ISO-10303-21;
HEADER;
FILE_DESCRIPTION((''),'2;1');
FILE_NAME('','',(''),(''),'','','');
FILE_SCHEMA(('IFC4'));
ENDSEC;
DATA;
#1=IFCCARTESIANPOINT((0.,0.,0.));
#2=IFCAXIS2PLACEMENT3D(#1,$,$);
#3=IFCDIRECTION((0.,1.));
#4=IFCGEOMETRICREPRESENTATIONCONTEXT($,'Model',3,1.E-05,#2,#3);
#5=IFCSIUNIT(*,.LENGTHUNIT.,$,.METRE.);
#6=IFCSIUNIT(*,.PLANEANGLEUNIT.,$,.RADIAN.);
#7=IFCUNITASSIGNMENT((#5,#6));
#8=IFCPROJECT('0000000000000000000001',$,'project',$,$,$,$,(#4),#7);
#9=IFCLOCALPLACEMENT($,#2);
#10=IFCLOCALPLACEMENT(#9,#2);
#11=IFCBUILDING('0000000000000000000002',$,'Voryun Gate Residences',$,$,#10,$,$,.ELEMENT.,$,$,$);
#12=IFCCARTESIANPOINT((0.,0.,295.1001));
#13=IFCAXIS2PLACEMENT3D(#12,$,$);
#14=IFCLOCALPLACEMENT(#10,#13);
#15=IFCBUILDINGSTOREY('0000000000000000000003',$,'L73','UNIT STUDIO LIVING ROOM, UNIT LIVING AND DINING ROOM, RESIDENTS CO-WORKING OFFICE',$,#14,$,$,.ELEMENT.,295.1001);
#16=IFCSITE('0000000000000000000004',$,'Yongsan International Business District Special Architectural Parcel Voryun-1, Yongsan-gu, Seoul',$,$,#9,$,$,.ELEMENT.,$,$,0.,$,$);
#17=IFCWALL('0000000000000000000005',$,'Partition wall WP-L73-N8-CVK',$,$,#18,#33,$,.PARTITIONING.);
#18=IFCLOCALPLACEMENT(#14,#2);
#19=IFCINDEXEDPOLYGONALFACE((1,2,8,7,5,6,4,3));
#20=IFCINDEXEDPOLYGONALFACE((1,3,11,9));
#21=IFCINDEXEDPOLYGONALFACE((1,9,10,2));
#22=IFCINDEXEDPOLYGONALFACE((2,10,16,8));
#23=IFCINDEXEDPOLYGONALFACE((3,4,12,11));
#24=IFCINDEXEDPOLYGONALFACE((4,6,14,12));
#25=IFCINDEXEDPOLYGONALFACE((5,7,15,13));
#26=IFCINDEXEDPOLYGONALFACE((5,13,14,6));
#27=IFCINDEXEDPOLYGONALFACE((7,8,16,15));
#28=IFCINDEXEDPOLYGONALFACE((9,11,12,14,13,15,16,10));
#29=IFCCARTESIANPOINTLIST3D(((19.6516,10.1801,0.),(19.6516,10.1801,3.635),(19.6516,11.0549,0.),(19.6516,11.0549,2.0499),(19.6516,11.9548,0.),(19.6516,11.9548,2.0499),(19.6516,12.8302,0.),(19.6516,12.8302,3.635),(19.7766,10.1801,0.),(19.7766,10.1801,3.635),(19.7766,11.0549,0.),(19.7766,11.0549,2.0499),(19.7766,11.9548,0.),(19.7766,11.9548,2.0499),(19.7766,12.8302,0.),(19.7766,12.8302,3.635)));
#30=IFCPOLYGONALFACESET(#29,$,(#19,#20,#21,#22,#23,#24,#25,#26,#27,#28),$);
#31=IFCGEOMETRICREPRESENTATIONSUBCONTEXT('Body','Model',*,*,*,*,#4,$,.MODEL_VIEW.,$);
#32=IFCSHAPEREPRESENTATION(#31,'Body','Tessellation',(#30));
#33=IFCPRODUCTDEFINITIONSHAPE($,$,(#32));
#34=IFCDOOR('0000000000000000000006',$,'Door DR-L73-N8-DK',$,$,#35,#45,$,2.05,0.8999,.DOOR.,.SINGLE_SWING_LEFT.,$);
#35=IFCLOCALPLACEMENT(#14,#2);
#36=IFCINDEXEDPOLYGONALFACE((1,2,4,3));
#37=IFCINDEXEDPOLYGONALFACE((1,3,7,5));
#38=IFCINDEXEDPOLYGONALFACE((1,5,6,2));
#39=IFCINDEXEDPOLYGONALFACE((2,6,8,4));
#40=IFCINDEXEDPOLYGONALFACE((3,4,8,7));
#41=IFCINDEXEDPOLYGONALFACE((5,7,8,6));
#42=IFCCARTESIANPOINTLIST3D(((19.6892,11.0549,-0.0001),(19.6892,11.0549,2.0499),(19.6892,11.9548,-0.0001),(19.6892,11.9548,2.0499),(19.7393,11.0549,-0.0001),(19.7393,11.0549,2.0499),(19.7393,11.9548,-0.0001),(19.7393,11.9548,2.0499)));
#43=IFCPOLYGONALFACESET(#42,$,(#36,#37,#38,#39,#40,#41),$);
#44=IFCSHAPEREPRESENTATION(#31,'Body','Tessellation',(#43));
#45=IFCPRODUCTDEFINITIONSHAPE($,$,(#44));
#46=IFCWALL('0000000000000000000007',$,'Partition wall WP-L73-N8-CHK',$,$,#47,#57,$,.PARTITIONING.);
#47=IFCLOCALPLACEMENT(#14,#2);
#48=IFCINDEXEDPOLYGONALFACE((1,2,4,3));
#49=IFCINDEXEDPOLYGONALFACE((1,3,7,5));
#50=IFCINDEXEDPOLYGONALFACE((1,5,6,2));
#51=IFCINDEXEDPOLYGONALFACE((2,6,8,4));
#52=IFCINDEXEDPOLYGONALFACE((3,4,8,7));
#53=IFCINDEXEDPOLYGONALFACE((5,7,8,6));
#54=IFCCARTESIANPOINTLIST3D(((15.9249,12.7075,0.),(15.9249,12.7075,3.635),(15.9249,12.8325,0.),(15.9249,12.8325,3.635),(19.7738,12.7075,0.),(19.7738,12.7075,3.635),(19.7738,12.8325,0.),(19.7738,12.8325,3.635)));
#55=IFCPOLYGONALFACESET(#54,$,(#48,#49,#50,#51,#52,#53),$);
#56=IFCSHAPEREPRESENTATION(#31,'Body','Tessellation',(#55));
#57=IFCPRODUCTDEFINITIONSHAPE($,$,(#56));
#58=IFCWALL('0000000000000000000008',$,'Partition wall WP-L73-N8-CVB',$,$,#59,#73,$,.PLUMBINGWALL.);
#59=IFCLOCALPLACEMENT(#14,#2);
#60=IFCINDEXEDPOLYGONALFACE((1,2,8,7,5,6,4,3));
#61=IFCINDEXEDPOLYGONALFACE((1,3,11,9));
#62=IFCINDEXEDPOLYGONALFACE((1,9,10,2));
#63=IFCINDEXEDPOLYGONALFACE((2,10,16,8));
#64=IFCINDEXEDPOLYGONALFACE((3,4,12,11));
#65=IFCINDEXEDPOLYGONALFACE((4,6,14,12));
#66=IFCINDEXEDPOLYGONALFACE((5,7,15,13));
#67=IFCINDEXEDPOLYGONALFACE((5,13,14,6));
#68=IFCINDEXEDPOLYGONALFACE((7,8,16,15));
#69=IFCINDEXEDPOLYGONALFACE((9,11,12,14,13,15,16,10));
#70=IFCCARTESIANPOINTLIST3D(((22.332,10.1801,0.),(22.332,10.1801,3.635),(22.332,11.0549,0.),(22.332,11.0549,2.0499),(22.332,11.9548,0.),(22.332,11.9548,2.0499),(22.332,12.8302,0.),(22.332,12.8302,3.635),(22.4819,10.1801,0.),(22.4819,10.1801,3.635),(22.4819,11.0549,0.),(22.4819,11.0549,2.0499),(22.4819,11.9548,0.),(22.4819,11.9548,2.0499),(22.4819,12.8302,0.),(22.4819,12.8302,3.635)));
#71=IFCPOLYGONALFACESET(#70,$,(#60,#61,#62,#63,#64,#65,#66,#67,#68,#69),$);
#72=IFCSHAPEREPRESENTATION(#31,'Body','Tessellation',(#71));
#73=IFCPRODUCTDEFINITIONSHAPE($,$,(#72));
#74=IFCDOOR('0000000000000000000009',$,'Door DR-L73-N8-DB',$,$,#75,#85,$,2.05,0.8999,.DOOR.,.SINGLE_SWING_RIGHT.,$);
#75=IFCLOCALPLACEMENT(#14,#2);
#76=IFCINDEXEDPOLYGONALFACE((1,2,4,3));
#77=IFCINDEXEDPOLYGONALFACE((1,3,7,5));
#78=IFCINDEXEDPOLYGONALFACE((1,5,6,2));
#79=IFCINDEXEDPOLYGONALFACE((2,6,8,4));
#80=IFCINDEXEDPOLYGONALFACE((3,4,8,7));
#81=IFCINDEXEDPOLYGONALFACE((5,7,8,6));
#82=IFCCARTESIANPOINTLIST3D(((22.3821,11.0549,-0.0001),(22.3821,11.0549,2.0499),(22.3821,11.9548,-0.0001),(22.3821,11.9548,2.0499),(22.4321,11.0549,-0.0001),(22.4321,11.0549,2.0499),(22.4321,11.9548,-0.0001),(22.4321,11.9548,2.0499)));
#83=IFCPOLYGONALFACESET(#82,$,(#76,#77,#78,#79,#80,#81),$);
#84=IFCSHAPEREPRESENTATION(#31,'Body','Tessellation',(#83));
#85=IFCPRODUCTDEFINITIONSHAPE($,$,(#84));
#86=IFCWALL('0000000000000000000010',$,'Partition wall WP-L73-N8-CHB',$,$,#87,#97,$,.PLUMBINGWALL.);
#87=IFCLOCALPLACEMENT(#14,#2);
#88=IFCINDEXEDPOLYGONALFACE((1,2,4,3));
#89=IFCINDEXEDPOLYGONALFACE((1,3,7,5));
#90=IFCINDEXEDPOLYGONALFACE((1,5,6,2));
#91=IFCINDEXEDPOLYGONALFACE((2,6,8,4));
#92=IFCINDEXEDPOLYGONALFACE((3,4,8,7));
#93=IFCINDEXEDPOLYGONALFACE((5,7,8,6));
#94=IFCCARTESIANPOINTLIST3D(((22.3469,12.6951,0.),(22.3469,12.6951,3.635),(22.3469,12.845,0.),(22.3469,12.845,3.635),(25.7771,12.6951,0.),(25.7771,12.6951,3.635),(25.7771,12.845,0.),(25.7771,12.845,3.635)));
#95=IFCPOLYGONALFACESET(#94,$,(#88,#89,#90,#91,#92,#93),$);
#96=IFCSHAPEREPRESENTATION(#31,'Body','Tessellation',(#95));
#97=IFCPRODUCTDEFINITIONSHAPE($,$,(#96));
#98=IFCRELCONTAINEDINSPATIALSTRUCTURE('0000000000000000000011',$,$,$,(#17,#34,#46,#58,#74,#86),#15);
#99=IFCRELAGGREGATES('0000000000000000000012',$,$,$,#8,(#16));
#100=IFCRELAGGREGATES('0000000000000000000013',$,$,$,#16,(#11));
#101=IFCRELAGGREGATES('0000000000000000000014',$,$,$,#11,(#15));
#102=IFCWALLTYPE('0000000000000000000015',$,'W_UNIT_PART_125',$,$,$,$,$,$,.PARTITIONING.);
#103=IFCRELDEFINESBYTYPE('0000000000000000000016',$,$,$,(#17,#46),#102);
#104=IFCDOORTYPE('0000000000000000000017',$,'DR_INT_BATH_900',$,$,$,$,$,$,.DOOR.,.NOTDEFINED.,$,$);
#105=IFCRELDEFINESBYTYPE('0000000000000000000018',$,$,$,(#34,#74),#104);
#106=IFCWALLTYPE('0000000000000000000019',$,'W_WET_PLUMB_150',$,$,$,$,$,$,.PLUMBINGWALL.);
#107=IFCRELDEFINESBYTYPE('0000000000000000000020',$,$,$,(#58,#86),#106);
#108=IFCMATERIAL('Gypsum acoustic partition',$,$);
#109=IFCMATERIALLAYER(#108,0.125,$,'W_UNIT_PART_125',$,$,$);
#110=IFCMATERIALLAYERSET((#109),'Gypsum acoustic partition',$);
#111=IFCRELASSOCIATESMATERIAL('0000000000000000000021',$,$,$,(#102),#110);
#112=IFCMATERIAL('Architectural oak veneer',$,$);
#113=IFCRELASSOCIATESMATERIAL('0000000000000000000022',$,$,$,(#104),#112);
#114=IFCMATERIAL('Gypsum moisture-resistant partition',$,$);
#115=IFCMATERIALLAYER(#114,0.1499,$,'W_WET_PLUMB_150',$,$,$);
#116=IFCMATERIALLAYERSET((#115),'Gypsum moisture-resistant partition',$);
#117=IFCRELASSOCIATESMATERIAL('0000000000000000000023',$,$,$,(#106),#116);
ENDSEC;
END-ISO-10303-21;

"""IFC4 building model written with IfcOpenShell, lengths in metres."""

from ifc_helpers import new_model, si_unit, direction, frame, frame_2d, origin, place, context, subcontext, project, spatial, rectangle, extrude, material, layer, layer_set, type_object, element, fill, save


model = new_model("IFC4")

# Units and contexts
model_context = context("Model", 3, precision=1e-05, world=origin(), true_north=direction((0.0, 1.0)))
body_context = subcontext(model_context, "Body", "Model", "MODEL_VIEW")
ifc_project = project(units=[si_unit("LENGTHUNIT", "METRE"), si_unit("PLANEANGLEUNIT", "RADIAN")], contexts=[model_context])

# Site, building, storey
site_placement = place(None, origin())
site = spatial("IfcSite", under=ifc_project, at=site_placement, Name="Yongsan International Business District Special Architectural Parcel Voryun-1, Yongsan-gu, Seoul", CompositionType="ELEMENT", RefElevation=0.0)
building_placement = place(site_placement, origin())
building = spatial("IfcBuilding", under=site, at=building_placement, Name="Voryun Gate Residences", CompositionType="ELEMENT")
storey_placement = place(building_placement, frame((0.0, 0.0, 295.1001)))
storey = spatial("IfcBuildingStorey", under=building, at=storey_placement, Name="L73", Description="UNIT STUDIO LIVING ROOM, UNIT LIVING AND DINING ROOM, RESIDENTS CO-WORKING OFFICE", CompositionType="ELEMENT", Elevation=295.1001)

# Wall, opening, door
ifc_material_1 = material(Name="Gypsum acoustic partition")
ifc_layer_1 = layer(ifc_material_1, 0.125, Name="W_UNIT_PART_125")
ifc_layer_set_1 = layer_set([ifc_layer_1], Name="Gypsum acoustic partition")
wall_type_1 = type_object("IfcWallType", Name="W_UNIT_PART_125", PredefinedType="PARTITIONING", material=ifc_layer_set_1)
wall_1_placement = place(storey_placement, frame((19.7141, 10.1799, 0.0), z_axis=(0.0, 0.0, 1.0), x_axis=(0.0, 1.0, 0.0)))
wall_1 = element("IfcWall", 1, at=wall_1_placement, inside=storey, type_object=wall_type_1, Name="Partition wall WP-L73-N8-CVK", PredefinedType="PARTITIONING", context=body_context, shape_type="SweptSolid", body=[
    extrude(rectangle(XDim=2.6501, YDim=0.125, at=frame_2d((1.3252, 0.0))), origin(), (0.0, 0.0, 1.0), 3.635),
])
opening_1_placement = place(wall_1_placement, frame((0.875, 0.0, 0.0)))
opening_1 = element("IfcOpeningElement", 2, at=opening_1_placement, cuts=wall_1, PredefinedType="OPENING", context=body_context, shape_type="SweptSolid", body=[
    extrude(rectangle(XDim=0.8999, YDim=2.05, at=frame_2d((0.45, 1.0249))), frame((0.0, 0.0725, 0.0), z_axis=(0.0, -1.0, 0.0), x_axis=(1.0, 0.0, 0.0)), (0.0, 0.0, 1.0), 0.145),
])
ifc_material_2 = material(Name="Architectural oak veneer")
door_type_1 = type_object("IfcDoorType", Name="DR_INT_BATH_900", OperationType="NOTDEFINED", PredefinedType="DOOR", material=ifc_material_2)
door_1_placement = place(opening_1_placement, origin())
door_1 = element("IfcDoor", 3, at=door_1_placement, inside=storey, type_object=door_type_1, Name="Door DR-L73-N8-DK", OperationType="SINGLE_SWING_LEFT", OverallHeight=2.05, OverallWidth=0.8999, PredefinedType="DOOR", context=body_context, shape_type="SweptSolid", body=[
    extrude(rectangle(XDim=0.8999, YDim=2.05, at=frame_2d((0.45, 1.0249))), frame((0.0, 0.0249, 0.0), z_axis=(0.0, -1.0, 0.0), x_axis=(1.0, 0.0, 0.0)), (0.0, 0.0, 1.0), 0.05),
])
fill(opening_1, door_1)

# Wall
wall_2_placement = place(storey_placement, frame((15.925, 12.77, 0.0), z_axis=(0.0, 0.0, 1.0), x_axis=(1.0, 0.0, 0.0)))
element("IfcWall", 4, at=wall_2_placement, inside=storey, type_object=wall_type_1, Name="Partition wall WP-L73-N8-CHK", PredefinedType="PARTITIONING", context=body_context, shape_type="SweptSolid", body=[
    extrude(rectangle(XDim=3.8489, YDim=0.125, at=frame_2d((1.9243, 0.0))), origin(), (0.0, 0.0, 1.0), 3.635),
])

# Wall, opening, door
ifc_material_3 = material(Name="Gypsum moisture-resistant partition")
ifc_layer_2 = layer(ifc_material_3, 0.1499, Name="W_WET_PLUMB_150")
ifc_layer_set_2 = layer_set([ifc_layer_2], Name="Gypsum moisture-resistant partition")
wall_type_2 = type_object("IfcWallType", Name="W_WET_PLUMB_150", PredefinedType="PLUMBINGWALL", material=ifc_layer_set_2)
wall_3_placement = place(storey_placement, frame((22.407, 10.1799, 0.0), z_axis=(0.0, 0.0, 1.0), x_axis=(0.0, 1.0, 0.0)))
wall_3 = element("IfcWall", 5, at=wall_3_placement, inside=storey, type_object=wall_type_2, Name="Partition wall WP-L73-N8-CVB", PredefinedType="PLUMBINGWALL", context=body_context, shape_type="SweptSolid", body=[
    extrude(rectangle(XDim=2.6501, YDim=0.1499, at=frame_2d((1.3252, 0.0))), origin(), (0.0, 0.0, 1.0), 3.635),
])
opening_2_placement = place(wall_3_placement, frame((0.875, 0.0, 0.0)))
opening_2 = element("IfcOpeningElement", 6, at=opening_2_placement, cuts=wall_3, PredefinedType="OPENING", context=body_context, shape_type="SweptSolid", body=[
    extrude(rectangle(XDim=0.8999, YDim=2.05, at=frame_2d((0.45, 1.0249))), frame((0.0, 0.085, 0.0), z_axis=(0.0, -1.0, 0.0), x_axis=(1.0, 0.0, 0.0)), (0.0, 0.0, 1.0), 0.1699),
])
door_2_placement = place(opening_2_placement, origin())
door_2 = element("IfcDoor", 7, at=door_2_placement, inside=storey, type_object=door_type_1, Name="Door DR-L73-N8-DB", OperationType="SINGLE_SWING_RIGHT", OverallHeight=2.05, OverallWidth=0.8999, PredefinedType="DOOR", context=body_context, shape_type="SweptSolid", body=[
    extrude(rectangle(XDim=0.8999, YDim=2.05, at=frame_2d((0.45, 1.0249))), frame((0.0, 0.0249, 0.0), z_axis=(0.0, -1.0, 0.0), x_axis=(1.0, 0.0, 0.0)), (0.0, 0.0, 1.0), 0.05),
])
fill(opening_2, door_2)

# Wall
wall_4_placement = place(storey_placement, frame((22.3469, 12.77, 0.0), z_axis=(0.0, 0.0, 1.0), x_axis=(1.0, 0.0, 0.0)))
element("IfcWall", 8, at=wall_4_placement, inside=storey, type_object=wall_type_2, Name="Partition wall WP-L73-N8-CHB", PredefinedType="PLUMBINGWALL", context=body_context, shape_type="SweptSolid", body=[
    extrude(rectangle(XDim=3.4302, YDim=0.1499, at=frame_2d((1.7151, 0.0))), origin(), (0.0, 0.0, 1.0), 3.635),
])

save(model, "model.ifc")
